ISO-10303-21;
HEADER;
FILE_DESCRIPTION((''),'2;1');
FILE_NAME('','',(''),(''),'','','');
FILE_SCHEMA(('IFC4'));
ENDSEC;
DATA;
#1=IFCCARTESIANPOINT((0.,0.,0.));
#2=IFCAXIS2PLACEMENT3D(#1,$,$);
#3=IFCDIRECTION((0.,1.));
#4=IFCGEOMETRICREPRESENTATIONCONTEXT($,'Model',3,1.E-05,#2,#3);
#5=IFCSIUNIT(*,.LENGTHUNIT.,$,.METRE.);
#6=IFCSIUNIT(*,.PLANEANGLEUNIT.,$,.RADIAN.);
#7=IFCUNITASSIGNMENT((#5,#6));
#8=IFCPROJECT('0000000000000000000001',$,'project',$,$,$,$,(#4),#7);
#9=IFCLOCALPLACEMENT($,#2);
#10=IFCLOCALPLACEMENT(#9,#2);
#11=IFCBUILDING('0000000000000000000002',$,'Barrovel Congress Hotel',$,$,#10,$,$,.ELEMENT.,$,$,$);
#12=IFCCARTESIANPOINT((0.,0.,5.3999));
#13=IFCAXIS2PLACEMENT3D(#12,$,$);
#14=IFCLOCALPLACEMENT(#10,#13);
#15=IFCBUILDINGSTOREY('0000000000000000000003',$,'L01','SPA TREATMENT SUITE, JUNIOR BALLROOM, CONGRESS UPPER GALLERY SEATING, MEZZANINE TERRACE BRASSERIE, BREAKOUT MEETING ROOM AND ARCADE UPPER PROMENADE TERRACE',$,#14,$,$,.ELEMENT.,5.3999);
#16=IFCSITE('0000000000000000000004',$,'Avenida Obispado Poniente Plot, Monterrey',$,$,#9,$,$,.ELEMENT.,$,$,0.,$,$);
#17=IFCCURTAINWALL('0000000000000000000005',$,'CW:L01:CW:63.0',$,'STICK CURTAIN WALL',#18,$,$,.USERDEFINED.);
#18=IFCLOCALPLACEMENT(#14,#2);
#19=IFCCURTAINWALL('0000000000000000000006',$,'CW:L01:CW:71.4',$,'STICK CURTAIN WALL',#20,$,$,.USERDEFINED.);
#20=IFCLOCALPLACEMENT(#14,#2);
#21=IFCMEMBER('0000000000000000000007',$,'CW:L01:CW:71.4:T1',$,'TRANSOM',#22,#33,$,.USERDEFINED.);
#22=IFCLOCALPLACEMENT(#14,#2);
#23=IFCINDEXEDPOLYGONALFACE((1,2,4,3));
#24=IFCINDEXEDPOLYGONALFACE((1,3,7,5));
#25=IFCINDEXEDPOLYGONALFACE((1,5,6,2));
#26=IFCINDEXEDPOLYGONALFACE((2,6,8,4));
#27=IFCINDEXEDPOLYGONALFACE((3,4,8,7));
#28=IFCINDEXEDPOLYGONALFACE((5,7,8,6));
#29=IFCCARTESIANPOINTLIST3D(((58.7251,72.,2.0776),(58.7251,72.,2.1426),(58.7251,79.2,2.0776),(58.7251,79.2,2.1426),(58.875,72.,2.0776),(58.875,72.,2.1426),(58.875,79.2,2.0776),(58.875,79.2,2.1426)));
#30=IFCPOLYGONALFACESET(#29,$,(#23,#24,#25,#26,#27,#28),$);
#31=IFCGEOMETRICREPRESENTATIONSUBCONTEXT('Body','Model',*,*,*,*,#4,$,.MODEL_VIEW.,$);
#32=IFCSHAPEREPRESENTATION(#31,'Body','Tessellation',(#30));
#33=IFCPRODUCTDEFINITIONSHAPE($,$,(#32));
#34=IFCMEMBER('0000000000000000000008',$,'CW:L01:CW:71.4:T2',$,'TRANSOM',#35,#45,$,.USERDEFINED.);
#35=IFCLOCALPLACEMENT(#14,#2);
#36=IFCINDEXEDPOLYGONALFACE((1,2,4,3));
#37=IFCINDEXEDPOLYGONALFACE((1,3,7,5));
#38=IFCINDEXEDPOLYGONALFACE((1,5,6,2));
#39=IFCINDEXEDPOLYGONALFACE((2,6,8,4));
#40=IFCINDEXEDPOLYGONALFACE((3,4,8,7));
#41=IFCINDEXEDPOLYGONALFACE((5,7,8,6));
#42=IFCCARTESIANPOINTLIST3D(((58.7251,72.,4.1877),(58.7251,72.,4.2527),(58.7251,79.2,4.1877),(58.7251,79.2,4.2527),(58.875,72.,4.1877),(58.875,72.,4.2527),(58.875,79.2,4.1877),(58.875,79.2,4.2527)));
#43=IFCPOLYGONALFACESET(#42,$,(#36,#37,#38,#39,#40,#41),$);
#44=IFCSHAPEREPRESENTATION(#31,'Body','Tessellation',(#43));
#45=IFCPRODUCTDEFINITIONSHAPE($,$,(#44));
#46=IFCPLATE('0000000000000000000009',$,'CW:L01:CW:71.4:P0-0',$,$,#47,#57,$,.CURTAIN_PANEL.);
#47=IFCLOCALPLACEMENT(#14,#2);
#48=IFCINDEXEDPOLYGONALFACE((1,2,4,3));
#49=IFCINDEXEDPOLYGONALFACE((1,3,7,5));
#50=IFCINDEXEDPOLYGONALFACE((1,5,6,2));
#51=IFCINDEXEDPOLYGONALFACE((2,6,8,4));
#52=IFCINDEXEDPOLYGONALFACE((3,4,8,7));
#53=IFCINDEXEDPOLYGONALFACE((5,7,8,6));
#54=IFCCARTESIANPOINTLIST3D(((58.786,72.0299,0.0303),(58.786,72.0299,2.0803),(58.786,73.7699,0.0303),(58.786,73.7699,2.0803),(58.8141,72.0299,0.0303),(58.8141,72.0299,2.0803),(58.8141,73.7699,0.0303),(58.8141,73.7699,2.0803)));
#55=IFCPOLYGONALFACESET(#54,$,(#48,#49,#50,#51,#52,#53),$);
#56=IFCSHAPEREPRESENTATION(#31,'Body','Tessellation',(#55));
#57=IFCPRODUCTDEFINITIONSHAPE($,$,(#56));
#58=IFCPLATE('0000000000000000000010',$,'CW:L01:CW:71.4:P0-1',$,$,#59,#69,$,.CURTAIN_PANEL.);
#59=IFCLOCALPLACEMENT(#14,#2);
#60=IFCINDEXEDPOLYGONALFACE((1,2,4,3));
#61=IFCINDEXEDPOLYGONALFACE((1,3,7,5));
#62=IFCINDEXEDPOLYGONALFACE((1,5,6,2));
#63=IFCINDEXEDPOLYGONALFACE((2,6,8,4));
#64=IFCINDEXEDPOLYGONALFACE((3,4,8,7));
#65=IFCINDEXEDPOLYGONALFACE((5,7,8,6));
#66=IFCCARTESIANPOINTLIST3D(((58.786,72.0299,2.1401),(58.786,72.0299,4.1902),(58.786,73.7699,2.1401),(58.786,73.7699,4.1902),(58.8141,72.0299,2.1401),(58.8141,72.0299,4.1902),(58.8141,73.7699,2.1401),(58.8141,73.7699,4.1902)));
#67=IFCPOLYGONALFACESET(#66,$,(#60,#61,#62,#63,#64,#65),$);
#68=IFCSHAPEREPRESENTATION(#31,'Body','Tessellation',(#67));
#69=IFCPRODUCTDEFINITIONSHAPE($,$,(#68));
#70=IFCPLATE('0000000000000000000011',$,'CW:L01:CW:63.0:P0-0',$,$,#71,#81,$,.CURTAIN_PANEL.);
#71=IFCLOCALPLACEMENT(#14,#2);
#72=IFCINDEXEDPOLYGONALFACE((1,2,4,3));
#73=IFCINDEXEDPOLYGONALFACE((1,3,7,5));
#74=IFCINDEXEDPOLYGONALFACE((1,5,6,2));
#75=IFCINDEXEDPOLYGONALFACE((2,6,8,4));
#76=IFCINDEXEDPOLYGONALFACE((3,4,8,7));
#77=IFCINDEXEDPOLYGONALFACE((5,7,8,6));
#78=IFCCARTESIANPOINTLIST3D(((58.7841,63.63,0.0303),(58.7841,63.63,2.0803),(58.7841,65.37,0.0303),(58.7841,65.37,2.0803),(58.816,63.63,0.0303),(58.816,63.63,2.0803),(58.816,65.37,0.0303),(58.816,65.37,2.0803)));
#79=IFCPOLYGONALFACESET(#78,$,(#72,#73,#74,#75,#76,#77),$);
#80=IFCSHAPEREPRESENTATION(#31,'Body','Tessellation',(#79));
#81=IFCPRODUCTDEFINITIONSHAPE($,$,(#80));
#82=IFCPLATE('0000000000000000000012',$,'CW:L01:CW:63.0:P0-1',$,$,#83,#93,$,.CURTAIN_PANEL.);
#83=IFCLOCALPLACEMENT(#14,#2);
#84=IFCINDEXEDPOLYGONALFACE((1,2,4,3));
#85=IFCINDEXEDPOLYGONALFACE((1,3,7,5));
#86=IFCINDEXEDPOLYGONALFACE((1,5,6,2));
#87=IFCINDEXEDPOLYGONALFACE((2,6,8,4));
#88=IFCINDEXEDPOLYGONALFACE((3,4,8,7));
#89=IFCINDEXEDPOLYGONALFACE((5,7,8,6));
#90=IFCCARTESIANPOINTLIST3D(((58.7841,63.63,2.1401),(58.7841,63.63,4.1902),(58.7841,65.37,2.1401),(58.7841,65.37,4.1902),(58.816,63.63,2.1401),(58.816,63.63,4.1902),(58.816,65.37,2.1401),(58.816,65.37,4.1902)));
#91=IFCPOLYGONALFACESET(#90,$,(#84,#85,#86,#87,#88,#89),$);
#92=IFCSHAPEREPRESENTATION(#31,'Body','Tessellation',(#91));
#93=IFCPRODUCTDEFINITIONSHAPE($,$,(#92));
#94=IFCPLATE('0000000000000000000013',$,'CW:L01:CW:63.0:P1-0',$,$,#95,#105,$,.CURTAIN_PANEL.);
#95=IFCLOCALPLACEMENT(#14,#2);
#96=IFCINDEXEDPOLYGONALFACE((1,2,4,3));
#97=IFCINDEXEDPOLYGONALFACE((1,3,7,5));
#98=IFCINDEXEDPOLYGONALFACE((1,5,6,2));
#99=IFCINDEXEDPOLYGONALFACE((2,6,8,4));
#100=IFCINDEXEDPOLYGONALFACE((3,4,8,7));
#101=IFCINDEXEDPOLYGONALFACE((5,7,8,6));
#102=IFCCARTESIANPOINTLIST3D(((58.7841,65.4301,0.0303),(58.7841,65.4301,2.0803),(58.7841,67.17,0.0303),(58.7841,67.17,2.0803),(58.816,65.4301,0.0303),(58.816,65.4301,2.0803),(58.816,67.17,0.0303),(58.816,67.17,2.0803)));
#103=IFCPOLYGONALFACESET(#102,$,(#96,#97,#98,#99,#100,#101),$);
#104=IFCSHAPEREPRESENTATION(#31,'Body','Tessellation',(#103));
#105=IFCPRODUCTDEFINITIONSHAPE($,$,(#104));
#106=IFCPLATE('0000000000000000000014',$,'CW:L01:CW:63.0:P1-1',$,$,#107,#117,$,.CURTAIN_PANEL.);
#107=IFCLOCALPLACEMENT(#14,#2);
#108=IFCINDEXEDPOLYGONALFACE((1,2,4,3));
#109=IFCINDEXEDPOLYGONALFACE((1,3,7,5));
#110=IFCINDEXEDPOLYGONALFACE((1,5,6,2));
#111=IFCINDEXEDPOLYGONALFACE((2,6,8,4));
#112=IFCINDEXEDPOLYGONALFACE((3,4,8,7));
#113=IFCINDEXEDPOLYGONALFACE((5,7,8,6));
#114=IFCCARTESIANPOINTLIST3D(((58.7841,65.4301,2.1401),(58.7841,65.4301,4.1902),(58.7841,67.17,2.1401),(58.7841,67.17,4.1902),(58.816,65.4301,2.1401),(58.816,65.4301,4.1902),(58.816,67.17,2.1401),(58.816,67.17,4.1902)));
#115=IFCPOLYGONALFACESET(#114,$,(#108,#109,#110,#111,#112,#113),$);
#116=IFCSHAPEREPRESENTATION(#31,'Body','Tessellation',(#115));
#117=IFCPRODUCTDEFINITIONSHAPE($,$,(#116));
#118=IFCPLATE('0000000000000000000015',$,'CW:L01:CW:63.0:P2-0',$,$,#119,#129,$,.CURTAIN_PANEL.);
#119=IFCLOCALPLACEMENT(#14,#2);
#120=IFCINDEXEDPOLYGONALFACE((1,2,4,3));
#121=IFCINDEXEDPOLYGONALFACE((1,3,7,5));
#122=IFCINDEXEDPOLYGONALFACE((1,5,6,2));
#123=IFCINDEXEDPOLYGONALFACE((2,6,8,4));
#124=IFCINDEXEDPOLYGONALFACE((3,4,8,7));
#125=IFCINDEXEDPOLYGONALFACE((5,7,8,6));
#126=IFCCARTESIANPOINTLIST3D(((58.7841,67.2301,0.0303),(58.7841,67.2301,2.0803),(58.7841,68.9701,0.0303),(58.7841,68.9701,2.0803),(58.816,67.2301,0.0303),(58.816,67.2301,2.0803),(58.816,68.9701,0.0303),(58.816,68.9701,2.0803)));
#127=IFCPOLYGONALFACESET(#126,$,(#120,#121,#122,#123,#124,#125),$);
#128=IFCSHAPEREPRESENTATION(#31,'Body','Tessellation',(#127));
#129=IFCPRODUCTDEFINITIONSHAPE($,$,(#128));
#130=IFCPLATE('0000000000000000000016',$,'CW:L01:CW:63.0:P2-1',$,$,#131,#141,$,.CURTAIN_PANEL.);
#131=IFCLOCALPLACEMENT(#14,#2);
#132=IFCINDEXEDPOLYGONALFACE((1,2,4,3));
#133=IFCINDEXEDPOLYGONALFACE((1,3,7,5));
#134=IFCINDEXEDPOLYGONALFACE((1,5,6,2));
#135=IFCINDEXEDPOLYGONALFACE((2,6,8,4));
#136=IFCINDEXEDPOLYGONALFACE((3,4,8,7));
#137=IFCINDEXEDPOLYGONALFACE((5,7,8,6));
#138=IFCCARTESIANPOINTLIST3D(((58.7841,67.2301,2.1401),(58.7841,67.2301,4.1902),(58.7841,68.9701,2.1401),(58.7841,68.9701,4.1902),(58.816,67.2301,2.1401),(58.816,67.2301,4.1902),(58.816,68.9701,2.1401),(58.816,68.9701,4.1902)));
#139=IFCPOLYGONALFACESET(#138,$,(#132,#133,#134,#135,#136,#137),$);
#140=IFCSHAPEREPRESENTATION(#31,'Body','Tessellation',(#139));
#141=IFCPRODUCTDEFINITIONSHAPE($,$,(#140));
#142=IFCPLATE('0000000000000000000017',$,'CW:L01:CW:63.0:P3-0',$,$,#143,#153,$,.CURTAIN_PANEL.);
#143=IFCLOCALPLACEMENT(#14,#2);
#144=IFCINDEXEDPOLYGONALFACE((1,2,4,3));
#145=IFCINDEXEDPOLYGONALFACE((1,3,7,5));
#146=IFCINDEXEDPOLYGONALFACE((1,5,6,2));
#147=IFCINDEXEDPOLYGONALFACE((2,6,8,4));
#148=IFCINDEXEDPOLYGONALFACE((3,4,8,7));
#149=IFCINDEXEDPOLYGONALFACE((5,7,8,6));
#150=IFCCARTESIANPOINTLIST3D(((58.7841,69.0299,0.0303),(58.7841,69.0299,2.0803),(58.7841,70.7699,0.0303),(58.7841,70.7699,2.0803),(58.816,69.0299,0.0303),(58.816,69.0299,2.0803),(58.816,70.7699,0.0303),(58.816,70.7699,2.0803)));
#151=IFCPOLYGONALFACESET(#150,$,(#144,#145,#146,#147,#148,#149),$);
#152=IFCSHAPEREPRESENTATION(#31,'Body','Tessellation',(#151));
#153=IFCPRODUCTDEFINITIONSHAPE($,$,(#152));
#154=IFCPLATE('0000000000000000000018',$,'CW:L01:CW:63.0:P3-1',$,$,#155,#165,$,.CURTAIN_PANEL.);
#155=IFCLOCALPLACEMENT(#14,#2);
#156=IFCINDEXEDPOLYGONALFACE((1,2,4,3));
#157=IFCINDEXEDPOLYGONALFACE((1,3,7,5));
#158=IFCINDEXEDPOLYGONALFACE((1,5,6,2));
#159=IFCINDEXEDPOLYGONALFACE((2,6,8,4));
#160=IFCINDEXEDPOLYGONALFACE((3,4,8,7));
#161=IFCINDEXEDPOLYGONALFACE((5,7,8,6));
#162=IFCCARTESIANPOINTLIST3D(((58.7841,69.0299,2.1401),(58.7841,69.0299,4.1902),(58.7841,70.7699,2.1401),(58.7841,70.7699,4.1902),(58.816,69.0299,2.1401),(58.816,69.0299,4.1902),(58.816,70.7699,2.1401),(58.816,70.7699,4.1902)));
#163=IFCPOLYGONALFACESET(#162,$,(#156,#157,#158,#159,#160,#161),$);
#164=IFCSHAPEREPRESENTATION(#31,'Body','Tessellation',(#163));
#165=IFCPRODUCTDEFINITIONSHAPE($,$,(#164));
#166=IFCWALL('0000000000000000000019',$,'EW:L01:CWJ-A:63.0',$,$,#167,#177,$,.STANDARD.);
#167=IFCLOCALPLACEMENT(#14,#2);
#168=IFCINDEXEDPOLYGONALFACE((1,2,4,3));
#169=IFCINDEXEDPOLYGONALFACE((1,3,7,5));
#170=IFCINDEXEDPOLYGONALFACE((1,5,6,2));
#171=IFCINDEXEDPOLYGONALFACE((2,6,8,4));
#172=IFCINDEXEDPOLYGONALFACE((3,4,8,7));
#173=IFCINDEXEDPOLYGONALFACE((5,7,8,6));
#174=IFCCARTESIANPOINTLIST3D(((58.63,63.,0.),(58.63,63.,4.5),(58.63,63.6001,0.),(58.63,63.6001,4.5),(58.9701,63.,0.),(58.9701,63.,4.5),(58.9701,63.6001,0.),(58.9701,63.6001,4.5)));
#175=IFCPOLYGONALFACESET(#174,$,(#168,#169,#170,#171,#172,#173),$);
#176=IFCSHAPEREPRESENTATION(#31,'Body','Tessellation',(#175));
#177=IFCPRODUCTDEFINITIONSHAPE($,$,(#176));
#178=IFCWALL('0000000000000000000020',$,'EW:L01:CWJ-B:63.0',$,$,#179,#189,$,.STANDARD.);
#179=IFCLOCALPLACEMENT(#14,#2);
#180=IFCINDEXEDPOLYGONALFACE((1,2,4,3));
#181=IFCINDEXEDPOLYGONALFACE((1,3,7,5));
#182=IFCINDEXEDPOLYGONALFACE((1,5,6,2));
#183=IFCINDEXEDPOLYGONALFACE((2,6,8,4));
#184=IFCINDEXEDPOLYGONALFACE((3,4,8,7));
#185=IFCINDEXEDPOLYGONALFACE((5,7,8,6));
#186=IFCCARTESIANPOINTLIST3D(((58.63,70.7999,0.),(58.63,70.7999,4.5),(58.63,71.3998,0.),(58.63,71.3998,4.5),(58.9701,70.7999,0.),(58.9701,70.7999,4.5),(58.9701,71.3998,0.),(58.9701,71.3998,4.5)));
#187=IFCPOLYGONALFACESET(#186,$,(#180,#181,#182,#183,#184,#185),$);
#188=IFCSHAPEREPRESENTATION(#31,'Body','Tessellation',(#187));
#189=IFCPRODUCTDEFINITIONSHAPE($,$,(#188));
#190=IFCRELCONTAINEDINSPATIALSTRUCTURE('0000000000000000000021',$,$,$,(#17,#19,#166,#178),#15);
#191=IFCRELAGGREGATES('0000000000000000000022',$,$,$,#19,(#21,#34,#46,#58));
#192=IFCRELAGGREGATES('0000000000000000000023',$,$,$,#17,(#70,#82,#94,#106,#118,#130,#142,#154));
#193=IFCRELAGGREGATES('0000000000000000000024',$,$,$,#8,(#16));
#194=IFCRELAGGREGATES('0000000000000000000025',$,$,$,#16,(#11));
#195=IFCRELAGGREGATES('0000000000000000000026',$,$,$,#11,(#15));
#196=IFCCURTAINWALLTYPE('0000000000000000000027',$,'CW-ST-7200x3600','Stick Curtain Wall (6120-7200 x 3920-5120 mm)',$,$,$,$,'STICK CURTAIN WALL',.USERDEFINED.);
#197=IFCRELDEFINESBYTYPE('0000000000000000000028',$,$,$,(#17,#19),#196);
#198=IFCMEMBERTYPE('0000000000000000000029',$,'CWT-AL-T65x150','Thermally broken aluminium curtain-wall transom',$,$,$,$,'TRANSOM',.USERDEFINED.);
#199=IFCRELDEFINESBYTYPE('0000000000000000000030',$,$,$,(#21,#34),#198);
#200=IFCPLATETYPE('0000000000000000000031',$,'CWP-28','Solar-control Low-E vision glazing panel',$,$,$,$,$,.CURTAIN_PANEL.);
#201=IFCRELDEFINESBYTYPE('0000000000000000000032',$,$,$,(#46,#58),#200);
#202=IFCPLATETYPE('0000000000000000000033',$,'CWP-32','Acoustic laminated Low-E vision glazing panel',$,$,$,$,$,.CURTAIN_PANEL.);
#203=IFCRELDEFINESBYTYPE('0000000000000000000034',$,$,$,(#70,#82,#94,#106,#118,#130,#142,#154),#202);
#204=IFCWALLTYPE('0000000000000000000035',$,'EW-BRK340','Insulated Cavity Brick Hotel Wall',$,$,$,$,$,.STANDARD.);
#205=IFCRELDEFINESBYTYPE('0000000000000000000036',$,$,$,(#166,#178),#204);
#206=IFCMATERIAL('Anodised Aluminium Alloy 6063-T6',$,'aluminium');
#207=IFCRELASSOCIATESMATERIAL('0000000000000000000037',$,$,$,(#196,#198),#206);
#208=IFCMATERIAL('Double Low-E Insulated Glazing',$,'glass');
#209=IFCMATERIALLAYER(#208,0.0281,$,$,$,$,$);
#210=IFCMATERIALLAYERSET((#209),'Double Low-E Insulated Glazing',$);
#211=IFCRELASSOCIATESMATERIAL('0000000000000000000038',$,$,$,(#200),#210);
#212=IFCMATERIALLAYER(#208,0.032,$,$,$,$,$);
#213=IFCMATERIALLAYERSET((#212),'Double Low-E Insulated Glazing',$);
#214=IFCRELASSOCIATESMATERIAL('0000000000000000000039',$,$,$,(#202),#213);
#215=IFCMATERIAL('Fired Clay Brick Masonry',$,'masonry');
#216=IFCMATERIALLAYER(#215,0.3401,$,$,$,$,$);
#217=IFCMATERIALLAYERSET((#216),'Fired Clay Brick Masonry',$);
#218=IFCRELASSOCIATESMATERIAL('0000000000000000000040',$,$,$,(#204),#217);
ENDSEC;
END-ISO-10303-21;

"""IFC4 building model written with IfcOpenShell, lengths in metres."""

from ifc_helpers import new_model, si_unit, direction, frame, frame_2d, origin, origin_2d, place, context, subcontext, project, spatial, rectangle, extrude, material, layer, layer_set, material_profile, profile_set, type_object, element, aggregate, save


model = new_model("IFC4")

# Units and contexts
model_context = context("Model", 3, precision=1e-05, world=origin(), true_north=direction((0.0, 1.0)))
body_context = subcontext(model_context, "Body", "Model", "MODEL_VIEW")
ifc_project = project(units=[si_unit("LENGTHUNIT", "METRE"), si_unit("PLANEANGLEUNIT", "RADIAN")], contexts=[model_context])

# Site, building, storey
site_placement = place(None, origin())
site = spatial("IfcSite", under=ifc_project, at=site_placement, Name="Avenida Obispado Poniente Plot, Monterrey", CompositionType="ELEMENT", RefElevation=0.0)
building_placement = place(site_placement, origin())
building = spatial("IfcBuilding", under=site, at=building_placement, Name="Barrovel Congress Hotel", CompositionType="ELEMENT")
storey_placement = place(building_placement, frame((0.0, 0.0, 5.3999)))
storey = spatial("IfcBuildingStorey", under=building, at=storey_placement, Name="L01", Description="SPA TREATMENT SUITE, JUNIOR BALLROOM, CONGRESS UPPER GALLERY SEATING, MEZZANINE TERRACE BRASSERIE, BREAKOUT MEETING ROOM AND ARCADE UPPER PROMENADE TERRACE", CompositionType="ELEMENT", Elevation=5.3999)

# Curtain walls
ifc_material_1 = material(Name="Anodised Aluminium Alloy 6063-T6", Category="aluminium")
curtain_wall_type = type_object("IfcCurtainWallType", Name="CW-ST-7200x3600", Description="Stick Curtain Wall (6120-7200 x 3920-5120 mm)", ElementType="STICK CURTAIN WALL", PredefinedType="USERDEFINED", material=ifc_material_1)
curtain_wall_1_placement = place(storey_placement, origin())
curtain_wall_1 = element("IfcCurtainWall", 1, at=curtain_wall_1_placement, inside=storey, type_object=curtain_wall_type, Name="CW:L01:CW:63.0", ObjectType="STICK CURTAIN WALL", PredefinedType="USERDEFINED")
curtain_wall_2_placement = place(storey_placement, origin())
curtain_wall_2 = element("IfcCurtainWall", 2, at=curtain_wall_2_placement, inside=storey, type_object=curtain_wall_type, Name="CW:L01:CW:71.4", ObjectType="STICK CURTAIN WALL", PredefinedType="USERDEFINED")

# Members
ifc_material_profile_1 = material_profile(ifc_material_1, rectangle(XDim=0.1499, YDim=0.0649, at=origin_2d()), Name="AL-T65x150")
ifc_profile_set_1 = profile_set([ifc_material_profile_1], Name="Anodised Aluminium Alloy 6063-T6")
member_type_1 = type_object("IfcMemberType", Name="CWT-AL-T65x150", Description="Thermally broken aluminium curtain-wall transom", ElementType="TRANSOM", PredefinedType="USERDEFINED", material=ifc_profile_set_1)
member_1_placement = place(storey_placement, frame((58.8, 72.0, 2.1101), z_axis=(0.0, 1.0, 0.0), x_axis=(-1.0, 0.0, 0.0)))
member_1 = element("IfcMember", 3, at=member_1_placement, type_object=member_type_1, Name="CW:L01:CW:71.4:T1", ObjectType="TRANSOM", PredefinedType="USERDEFINED", context=body_context, shape_type="SweptSolid", body=[
    extrude(rectangle(XDim=0.1499, YDim=0.0649, at=origin_2d()), origin(), (0.0, 0.0, 1.0), 7.2),
])
member_2_placement = place(storey_placement, frame((58.8, 72.0, 4.2202), z_axis=(0.0, 1.0, 0.0), x_axis=(-1.0, 0.0, 0.0)))
member_2 = element("IfcMember", 4, at=member_2_placement, type_object=member_type_1, Name="CW:L01:CW:71.4:T2", ObjectType="TRANSOM", PredefinedType="USERDEFINED", context=body_context, shape_type="SweptSolid", body=[
    extrude(rectangle(XDim=0.1499, YDim=0.0649, at=origin_2d()), origin(), (0.0, 0.0, 1.0), 7.2),
])

# Plates
ifc_material_2 = material(Name="Double Low-E Insulated Glazing", Category="glass")
ifc_layer_1 = layer(ifc_material_2, 0.0281)
ifc_layer_set_1 = layer_set([ifc_layer_1], Name="Double Low-E Insulated Glazing")
plate_type_1 = type_object("IfcPlateType", Name="CWP-28", Description="Solar-control Low-E vision glazing panel", PredefinedType="CURTAIN_PANEL", material=ifc_layer_set_1)
plate_1_placement = place(storey_placement, frame((58.8, 72.8999, 0.0303), z_axis=(0.0, 0.0, 1.0), x_axis=(0.0, 1.0, 0.0)))
plate_1 = element("IfcPlate", 5, at=plate_1_placement, type_object=plate_type_1, Name="CW:L01:CW:71.4:P0-0", PredefinedType="CURTAIN_PANEL", context=body_context, shape_type="SweptSolid", body=[
    extrude(rectangle(XDim=1.74, YDim=0.0281, at=origin_2d()), origin(), (0.0, 0.0, 1.0), 2.05),
])
plate_2_placement = place(storey_placement, frame((58.8, 72.8999, 2.1401), z_axis=(0.0, 0.0, 1.0), x_axis=(0.0, 1.0, 0.0)))
plate_2 = element("IfcPlate", 6, at=plate_2_placement, type_object=plate_type_1, Name="CW:L01:CW:71.4:P0-1", PredefinedType="CURTAIN_PANEL", context=body_context, shape_type="SweptSolid", body=[
    extrude(rectangle(XDim=1.74, YDim=0.0281, at=origin_2d()), origin(), (0.0, 0.0, 1.0), 2.05),
])
aggregate(curtain_wall_2, [member_1, member_2, plate_1, plate_2])
ifc_layer_2 = layer(ifc_material_2, 0.032)
ifc_layer_set_2 = layer_set([ifc_layer_2], Name="Double Low-E Insulated Glazing")
plate_type_2 = type_object("IfcPlateType", Name="CWP-32", Description="Acoustic laminated Low-E vision glazing panel", PredefinedType="CURTAIN_PANEL", material=ifc_layer_set_2)
plate_3_placement = place(storey_placement, frame((58.8, 64.5, 0.0303), z_axis=(0.0, 0.0, 1.0), x_axis=(0.0, 1.0, 0.0)))
plate_3 = element("IfcPlate", 7, at=plate_3_placement, type_object=plate_type_2, Name="CW:L01:CW:63.0:P0-0", PredefinedType="CURTAIN_PANEL", context=body_context, shape_type="SweptSolid", body=[
    extrude(rectangle(XDim=1.74, YDim=0.032, at=origin_2d()), origin(), (0.0, 0.0, 1.0), 2.05),
])
plate_4_placement = place(storey_placement, frame((58.8, 64.5, 2.1401), z_axis=(0.0, 0.0, 1.0), x_axis=(0.0, 1.0, 0.0)))
plate_4 = element("IfcPlate", 8, at=plate_4_placement, type_object=plate_type_2, Name="CW:L01:CW:63.0:P0-1", PredefinedType="CURTAIN_PANEL", context=body_context, shape_type="SweptSolid", body=[
    extrude(rectangle(XDim=1.74, YDim=0.032, at=origin_2d()), origin(), (0.0, 0.0, 1.0), 2.05),
])
plate_5_placement = place(storey_placement, frame((58.8, 66.3, 0.0303), z_axis=(0.0, 0.0, 1.0), x_axis=(0.0, 1.0, 0.0)))
plate_5 = element("IfcPlate", 9, at=plate_5_placement, type_object=plate_type_2, Name="CW:L01:CW:63.0:P1-0", PredefinedType="CURTAIN_PANEL", context=body_context, shape_type="SweptSolid", body=[
    extrude(rectangle(XDim=1.74, YDim=0.032, at=origin_2d()), origin(), (0.0, 0.0, 1.0), 2.05),
])
plate_6_placement = place(storey_placement, frame((58.8, 66.3, 2.1401), z_axis=(0.0, 0.0, 1.0), x_axis=(0.0, 1.0, 0.0)))
plate_6 = element("IfcPlate", 10, at=plate_6_placement, type_object=plate_type_2, Name="CW:L01:CW:63.0:P1-1", PredefinedType="CURTAIN_PANEL", context=body_context, shape_type="SweptSolid", body=[
    extrude(rectangle(XDim=1.74, YDim=0.032, at=origin_2d()), origin(), (0.0, 0.0, 1.0), 2.05),
])
plate_7_placement = place(storey_placement, frame((58.8, 68.1001, 0.0303), z_axis=(0.0, 0.0, 1.0), x_axis=(0.0, 1.0, 0.0)))
plate_7 = element("IfcPlate", 11, at=plate_7_placement, type_object=plate_type_2, Name="CW:L01:CW:63.0:P2-0", PredefinedType="CURTAIN_PANEL", context=body_context, shape_type="SweptSolid", body=[
    extrude(rectangle(XDim=1.74, YDim=0.032, at=origin_2d()), origin(), (0.0, 0.0, 1.0), 2.05),
])
plate_8_placement = place(storey_placement, frame((58.8, 68.1001, 2.1401), z_axis=(0.0, 0.0, 1.0), x_axis=(0.0, 1.0, 0.0)))
plate_8 = element("IfcPlate", 12, at=plate_8_placement, type_object=plate_type_2, Name="CW:L01:CW:63.0:P2-1", PredefinedType="CURTAIN_PANEL", context=body_context, shape_type="SweptSolid", body=[
    extrude(rectangle(XDim=1.74, YDim=0.032, at=origin_2d()), origin(), (0.0, 0.0, 1.0), 2.05),
])
plate_9_placement = place(storey_placement, frame((58.8, 69.8999, 0.0303), z_axis=(0.0, 0.0, 1.0), x_axis=(0.0, 1.0, 0.0)))
plate_9 = element("IfcPlate", 13, at=plate_9_placement, type_object=plate_type_2, Name="CW:L01:CW:63.0:P3-0", PredefinedType="CURTAIN_PANEL", context=body_context, shape_type="SweptSolid", body=[
    extrude(rectangle(XDim=1.74, YDim=0.032, at=origin_2d()), origin(), (0.0, 0.0, 1.0), 2.05),
])
plate_10_placement = place(storey_placement, frame((58.8, 69.8999, 2.1401), z_axis=(0.0, 0.0, 1.0), x_axis=(0.0, 1.0, 0.0)))
plate_10 = element("IfcPlate", 14, at=plate_10_placement, type_object=plate_type_2, Name="CW:L01:CW:63.0:P3-1", PredefinedType="CURTAIN_PANEL", context=body_context, shape_type="SweptSolid", body=[
    extrude(rectangle(XDim=1.74, YDim=0.032, at=origin_2d()), origin(), (0.0, 0.0, 1.0), 2.05),
])
aggregate(curtain_wall_1, [plate_3, plate_4, plate_5, plate_6, plate_7, plate_8, plate_9, plate_10])

# Walls
ifc_material_3 = material(Name="Fired Clay Brick Masonry", Category="masonry")
ifc_layer_3 = layer(ifc_material_3, 0.3401)
ifc_layer_set_3 = layer_set([ifc_layer_3], Name="Fired Clay Brick Masonry")
wall_type = type_object("IfcWallType", Name="EW-BRK340", Description="Insulated Cavity Brick Hotel Wall", PredefinedType="STANDARD", material=ifc_layer_set_3)
wall_1_placement = place(storey_placement, frame((58.8, 63.0, 0.0), z_axis=(0.0, 0.0, 1.0), x_axis=(0.0, 1.0, 0.0)))
element("IfcWall", 15, at=wall_1_placement, inside=storey, type_object=wall_type, Name="EW:L01:CWJ-A:63.0", PredefinedType="STANDARD", context=body_context, shape_type="SweptSolid", body=[
    extrude(rectangle(XDim=0.6001, YDim=0.3401, at=frame_2d((0.3, 0.0))), origin(), (0.0, 0.0, 1.0), 4.5),
])
wall_2_placement = place(storey_placement, frame((58.8, 70.8, 0.0), z_axis=(0.0, 0.0, 1.0), x_axis=(0.0, 1.0, 0.0)))
element("IfcWall", 16, at=wall_2_placement, inside=storey, type_object=wall_type, Name="EW:L01:CWJ-B:63.0", PredefinedType="STANDARD", context=body_context, shape_type="SweptSolid", body=[
    extrude(rectangle(XDim=0.5999, YDim=0.3401, at=frame_2d((0.2998, 0.0))), origin(), (0.0, 0.0, 1.0), 4.5),
])

save(model, "model.ifc")
